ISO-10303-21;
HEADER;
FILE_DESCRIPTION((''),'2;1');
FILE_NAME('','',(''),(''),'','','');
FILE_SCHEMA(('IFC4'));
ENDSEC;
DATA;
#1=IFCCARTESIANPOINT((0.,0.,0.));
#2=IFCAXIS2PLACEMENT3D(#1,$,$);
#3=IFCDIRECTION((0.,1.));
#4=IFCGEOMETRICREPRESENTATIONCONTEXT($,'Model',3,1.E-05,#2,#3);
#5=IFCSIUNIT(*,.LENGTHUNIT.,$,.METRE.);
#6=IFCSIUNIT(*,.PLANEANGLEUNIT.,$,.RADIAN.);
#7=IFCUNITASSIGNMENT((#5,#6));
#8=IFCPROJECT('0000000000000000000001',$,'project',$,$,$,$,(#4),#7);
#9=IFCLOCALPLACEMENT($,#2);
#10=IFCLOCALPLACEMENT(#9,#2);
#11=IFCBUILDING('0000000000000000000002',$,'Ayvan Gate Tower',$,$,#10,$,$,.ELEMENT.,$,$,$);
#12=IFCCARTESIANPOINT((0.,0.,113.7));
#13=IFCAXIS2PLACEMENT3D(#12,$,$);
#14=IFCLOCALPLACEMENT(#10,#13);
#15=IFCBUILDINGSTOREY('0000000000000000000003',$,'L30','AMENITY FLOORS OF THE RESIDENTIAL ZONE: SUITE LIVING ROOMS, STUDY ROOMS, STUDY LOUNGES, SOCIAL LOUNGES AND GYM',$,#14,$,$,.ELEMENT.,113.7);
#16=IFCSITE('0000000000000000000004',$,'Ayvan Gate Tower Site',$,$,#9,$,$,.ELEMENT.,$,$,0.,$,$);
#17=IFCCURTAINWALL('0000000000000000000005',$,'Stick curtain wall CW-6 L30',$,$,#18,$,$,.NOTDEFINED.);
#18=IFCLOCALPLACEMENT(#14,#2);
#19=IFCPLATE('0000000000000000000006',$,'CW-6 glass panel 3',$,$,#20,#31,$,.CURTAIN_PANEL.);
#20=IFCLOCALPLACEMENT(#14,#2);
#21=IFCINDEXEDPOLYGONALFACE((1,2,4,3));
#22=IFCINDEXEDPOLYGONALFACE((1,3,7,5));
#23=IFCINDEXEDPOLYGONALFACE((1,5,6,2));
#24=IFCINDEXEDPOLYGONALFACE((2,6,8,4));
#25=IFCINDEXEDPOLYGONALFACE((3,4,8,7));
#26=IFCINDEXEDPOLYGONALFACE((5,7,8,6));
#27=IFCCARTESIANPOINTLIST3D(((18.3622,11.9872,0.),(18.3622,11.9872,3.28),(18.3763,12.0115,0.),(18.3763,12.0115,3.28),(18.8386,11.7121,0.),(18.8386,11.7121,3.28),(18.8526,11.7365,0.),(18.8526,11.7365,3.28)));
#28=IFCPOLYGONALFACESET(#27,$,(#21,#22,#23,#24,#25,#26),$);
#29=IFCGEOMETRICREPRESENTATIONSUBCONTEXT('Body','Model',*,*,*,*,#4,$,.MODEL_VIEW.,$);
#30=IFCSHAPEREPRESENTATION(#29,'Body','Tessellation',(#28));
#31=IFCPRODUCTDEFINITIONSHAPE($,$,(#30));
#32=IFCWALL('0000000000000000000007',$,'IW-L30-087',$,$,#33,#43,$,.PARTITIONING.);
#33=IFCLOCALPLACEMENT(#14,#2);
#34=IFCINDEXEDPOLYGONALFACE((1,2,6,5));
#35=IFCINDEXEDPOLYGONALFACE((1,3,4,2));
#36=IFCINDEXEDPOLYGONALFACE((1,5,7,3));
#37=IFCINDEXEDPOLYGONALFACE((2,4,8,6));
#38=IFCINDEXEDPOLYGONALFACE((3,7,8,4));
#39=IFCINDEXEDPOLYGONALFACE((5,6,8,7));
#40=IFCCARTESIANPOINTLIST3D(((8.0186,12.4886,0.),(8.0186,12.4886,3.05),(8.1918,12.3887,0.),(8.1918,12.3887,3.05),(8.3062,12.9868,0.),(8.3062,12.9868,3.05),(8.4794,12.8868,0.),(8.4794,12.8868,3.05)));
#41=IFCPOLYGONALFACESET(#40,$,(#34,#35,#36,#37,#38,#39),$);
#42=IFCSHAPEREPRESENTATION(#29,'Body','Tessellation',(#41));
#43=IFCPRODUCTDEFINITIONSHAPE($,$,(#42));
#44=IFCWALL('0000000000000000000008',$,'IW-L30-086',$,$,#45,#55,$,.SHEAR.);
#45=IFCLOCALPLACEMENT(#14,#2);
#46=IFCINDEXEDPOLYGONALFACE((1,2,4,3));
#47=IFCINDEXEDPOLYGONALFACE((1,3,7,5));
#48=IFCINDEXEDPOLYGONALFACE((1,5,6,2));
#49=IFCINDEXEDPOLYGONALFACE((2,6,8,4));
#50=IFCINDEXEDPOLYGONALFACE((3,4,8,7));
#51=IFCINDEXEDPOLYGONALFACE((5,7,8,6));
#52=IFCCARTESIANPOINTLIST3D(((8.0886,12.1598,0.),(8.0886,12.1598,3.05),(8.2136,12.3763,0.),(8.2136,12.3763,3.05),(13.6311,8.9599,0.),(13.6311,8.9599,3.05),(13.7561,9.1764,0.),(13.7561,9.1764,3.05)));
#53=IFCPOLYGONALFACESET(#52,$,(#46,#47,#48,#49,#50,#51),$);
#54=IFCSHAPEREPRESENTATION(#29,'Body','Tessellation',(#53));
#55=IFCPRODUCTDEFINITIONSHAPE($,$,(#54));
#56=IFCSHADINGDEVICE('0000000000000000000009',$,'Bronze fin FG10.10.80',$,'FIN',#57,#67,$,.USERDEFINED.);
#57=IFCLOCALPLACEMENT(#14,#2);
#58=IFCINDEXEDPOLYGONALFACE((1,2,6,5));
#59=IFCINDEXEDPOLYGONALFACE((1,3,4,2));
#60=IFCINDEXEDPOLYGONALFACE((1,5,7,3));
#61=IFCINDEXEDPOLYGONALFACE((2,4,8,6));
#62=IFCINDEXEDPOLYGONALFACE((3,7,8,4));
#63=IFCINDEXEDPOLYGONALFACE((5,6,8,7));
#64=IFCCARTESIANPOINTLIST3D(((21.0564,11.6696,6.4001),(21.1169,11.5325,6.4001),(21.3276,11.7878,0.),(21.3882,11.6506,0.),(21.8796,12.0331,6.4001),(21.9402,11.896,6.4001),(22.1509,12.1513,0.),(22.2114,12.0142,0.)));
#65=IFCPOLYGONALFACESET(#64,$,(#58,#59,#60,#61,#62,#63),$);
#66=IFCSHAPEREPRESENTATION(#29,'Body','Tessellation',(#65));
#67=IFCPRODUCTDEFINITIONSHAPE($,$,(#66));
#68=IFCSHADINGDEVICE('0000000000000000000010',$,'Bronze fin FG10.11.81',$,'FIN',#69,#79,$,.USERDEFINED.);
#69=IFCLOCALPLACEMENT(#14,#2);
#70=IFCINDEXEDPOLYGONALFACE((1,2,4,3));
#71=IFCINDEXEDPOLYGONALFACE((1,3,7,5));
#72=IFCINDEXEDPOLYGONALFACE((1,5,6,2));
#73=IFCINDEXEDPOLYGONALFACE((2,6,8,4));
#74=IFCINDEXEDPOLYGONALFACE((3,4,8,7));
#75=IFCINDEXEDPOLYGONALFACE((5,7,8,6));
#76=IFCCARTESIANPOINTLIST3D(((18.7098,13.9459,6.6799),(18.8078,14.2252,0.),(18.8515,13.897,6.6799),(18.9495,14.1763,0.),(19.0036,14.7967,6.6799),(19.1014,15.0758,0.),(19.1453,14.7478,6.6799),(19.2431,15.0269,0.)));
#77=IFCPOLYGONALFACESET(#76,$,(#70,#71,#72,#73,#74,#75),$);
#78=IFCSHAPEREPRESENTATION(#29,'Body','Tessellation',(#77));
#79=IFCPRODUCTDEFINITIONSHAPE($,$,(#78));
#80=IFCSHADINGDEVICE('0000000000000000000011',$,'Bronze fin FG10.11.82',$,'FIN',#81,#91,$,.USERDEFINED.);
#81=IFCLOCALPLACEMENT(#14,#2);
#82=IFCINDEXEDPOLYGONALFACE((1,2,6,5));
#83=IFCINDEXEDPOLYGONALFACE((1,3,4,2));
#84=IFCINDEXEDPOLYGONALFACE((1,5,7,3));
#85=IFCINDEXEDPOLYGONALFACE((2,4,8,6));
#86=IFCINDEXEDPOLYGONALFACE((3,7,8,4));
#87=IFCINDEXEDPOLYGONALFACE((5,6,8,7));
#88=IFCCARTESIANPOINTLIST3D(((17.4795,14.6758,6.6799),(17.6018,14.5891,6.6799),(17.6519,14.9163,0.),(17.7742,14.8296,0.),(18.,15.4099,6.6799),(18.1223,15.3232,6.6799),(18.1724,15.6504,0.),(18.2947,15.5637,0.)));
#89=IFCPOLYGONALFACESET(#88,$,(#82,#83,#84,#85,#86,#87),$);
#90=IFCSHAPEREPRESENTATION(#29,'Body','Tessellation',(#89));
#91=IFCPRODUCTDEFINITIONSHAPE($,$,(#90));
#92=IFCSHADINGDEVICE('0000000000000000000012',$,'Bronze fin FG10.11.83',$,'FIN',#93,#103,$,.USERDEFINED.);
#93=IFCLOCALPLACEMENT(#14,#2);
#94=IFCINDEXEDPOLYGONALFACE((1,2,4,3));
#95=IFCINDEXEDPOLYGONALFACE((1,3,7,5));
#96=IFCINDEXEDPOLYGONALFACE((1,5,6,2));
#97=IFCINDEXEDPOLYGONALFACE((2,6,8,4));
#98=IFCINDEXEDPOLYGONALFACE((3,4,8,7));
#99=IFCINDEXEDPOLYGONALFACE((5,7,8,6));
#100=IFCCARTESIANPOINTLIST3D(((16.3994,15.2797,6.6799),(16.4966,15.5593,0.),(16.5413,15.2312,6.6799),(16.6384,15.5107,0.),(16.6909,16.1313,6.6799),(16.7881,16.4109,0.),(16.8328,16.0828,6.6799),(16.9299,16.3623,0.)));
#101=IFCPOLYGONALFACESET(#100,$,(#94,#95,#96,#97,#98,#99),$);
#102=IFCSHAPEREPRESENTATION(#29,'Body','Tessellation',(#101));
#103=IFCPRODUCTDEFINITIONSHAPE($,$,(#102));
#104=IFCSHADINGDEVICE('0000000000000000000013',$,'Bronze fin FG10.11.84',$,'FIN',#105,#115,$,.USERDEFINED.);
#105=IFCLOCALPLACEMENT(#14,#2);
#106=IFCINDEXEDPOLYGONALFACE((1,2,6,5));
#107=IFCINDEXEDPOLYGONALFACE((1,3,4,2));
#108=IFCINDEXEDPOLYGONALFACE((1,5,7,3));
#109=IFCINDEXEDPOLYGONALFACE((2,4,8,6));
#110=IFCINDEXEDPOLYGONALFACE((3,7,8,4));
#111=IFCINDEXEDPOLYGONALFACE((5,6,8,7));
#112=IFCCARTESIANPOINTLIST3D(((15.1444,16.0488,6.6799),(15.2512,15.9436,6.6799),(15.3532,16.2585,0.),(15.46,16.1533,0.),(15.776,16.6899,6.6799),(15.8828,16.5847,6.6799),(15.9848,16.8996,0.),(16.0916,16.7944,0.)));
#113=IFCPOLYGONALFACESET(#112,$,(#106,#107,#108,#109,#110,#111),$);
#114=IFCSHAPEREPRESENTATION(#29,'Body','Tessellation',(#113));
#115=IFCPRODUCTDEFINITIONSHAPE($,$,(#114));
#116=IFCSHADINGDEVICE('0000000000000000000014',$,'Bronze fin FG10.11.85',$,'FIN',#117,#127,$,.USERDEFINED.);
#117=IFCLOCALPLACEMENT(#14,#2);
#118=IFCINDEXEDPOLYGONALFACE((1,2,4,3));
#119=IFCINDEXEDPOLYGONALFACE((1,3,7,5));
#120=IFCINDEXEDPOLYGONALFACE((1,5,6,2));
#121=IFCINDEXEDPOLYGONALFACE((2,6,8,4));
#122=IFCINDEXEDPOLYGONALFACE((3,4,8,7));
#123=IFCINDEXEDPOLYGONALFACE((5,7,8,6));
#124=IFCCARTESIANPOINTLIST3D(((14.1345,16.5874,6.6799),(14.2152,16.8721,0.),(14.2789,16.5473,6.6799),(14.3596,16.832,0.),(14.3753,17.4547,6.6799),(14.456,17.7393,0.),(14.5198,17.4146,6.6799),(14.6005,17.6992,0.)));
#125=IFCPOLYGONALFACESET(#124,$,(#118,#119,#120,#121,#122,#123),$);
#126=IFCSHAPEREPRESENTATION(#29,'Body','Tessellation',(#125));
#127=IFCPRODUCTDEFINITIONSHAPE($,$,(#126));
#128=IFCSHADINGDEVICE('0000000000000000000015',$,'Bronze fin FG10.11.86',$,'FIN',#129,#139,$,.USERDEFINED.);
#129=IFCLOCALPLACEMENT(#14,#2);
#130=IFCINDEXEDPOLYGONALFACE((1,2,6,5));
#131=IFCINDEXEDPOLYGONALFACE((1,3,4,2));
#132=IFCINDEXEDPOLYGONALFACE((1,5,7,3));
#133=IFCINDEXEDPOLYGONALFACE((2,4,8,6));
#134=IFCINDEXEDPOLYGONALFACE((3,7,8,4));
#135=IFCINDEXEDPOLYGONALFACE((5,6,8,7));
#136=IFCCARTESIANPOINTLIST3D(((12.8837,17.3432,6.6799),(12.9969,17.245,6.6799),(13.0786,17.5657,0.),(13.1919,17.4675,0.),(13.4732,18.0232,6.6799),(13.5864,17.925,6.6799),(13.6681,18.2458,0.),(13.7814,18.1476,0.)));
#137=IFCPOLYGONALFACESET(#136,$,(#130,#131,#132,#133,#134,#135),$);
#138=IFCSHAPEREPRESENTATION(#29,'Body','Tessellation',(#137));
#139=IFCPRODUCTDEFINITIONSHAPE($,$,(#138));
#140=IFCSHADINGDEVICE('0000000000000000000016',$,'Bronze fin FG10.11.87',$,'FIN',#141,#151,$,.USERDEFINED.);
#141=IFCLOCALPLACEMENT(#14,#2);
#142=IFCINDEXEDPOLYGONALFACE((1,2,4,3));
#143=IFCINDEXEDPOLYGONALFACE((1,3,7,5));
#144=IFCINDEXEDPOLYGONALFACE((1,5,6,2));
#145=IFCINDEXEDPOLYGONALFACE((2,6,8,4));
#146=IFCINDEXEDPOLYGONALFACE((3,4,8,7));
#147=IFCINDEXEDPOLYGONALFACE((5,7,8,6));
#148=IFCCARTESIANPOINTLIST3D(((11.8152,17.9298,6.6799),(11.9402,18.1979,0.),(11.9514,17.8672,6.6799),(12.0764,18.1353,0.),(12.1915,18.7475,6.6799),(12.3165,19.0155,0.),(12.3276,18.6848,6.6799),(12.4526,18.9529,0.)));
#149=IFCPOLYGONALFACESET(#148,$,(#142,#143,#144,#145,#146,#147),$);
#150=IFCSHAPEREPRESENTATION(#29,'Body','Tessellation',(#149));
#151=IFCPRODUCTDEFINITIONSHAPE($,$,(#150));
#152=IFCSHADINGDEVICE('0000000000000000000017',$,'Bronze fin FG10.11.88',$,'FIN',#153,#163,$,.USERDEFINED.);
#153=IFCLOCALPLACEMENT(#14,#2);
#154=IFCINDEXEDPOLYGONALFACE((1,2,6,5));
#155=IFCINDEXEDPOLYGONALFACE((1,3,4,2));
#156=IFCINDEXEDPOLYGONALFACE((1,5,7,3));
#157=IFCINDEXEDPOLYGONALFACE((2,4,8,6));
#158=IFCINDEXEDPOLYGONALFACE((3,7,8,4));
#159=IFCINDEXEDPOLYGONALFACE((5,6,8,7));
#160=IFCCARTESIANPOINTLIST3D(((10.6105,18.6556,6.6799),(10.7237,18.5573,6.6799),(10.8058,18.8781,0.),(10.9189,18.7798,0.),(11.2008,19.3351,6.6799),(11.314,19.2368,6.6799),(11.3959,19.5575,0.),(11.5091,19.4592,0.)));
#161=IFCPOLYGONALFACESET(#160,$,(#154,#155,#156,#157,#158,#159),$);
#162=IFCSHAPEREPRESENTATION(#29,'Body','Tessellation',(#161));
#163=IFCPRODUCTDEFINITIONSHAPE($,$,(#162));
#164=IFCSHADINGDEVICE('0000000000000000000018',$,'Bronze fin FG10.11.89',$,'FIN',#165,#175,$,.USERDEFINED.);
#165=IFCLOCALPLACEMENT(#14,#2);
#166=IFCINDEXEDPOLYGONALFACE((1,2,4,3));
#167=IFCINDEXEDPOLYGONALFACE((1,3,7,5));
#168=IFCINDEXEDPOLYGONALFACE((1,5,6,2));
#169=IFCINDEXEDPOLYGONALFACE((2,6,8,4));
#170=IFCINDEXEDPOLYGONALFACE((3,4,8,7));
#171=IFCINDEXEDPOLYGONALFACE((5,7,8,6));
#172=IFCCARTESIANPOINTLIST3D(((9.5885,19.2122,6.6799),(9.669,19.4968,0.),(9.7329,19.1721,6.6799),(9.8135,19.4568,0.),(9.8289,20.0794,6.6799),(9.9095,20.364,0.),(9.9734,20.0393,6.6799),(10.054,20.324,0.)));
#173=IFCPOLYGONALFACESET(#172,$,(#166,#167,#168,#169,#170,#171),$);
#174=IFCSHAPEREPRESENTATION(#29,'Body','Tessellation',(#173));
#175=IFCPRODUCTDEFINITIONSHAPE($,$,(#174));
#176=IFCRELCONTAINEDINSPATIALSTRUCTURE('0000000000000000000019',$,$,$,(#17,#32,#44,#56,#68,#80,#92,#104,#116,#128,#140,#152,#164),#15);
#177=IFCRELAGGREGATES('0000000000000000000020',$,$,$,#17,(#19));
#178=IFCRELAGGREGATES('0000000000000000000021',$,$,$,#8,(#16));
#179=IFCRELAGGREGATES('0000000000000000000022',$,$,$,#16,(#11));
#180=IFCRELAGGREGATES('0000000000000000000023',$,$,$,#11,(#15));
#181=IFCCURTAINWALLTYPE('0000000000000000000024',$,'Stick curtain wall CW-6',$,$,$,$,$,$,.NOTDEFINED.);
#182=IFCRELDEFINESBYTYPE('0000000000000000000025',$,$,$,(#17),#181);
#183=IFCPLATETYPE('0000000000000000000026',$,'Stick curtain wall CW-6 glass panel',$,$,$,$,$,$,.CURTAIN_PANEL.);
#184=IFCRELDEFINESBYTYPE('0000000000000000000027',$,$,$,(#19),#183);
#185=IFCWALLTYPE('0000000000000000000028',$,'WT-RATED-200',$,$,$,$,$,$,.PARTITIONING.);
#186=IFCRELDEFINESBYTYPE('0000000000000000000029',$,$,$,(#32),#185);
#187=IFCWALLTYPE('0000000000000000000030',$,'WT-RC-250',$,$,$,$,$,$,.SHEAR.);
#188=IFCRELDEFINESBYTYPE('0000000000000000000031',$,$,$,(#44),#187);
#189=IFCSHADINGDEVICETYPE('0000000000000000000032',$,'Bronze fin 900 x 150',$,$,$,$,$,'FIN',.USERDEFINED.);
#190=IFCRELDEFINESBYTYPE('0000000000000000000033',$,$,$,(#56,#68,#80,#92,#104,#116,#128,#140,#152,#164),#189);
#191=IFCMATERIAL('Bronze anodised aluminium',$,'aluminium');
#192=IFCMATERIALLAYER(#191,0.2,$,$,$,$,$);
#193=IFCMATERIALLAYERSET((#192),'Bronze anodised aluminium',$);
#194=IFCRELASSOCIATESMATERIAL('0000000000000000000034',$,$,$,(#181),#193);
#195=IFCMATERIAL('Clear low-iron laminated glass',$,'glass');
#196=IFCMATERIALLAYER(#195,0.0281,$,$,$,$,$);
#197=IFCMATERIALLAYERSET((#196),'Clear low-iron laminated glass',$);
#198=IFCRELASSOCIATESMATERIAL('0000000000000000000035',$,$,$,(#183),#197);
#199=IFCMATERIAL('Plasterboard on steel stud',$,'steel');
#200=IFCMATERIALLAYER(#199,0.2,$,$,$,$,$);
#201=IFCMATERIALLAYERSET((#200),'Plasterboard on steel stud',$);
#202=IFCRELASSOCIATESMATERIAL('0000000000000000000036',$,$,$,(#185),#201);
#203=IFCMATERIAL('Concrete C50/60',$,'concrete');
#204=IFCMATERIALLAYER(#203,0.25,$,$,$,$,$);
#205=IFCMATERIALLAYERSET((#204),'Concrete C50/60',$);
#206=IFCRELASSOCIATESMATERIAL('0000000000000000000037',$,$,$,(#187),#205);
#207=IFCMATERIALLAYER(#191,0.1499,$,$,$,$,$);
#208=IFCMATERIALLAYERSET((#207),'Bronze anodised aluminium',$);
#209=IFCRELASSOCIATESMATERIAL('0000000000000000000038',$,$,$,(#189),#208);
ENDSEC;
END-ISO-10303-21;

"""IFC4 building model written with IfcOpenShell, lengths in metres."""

from ifc_helpers import new_model, si_unit, direction, frame, frame_2d, origin, origin_2d, place, context, subcontext, project, spatial, polyline, rectangle, outline, extrude, material, layer, layer_set, type_object, element, aggregate, save


model = new_model("IFC4")

# Units and contexts
model_context = context("Model", 3, precision=1e-05, world=origin(), true_north=direction((0.0, 1.0)))
body_context = subcontext(model_context, "Body", "Model", "MODEL_VIEW")
ifc_project = project(units=[si_unit("LENGTHUNIT", "METRE"), si_unit("PLANEANGLEUNIT", "RADIAN")], contexts=[model_context])

# Site, building, storey
site_placement = place(None, origin())
site = spatial("IfcSite", under=ifc_project, at=site_placement, Name="Ayvan Gate Tower Site", CompositionType="ELEMENT", RefElevation=0.0)
building_placement = place(site_placement, origin())
building = spatial("IfcBuilding", under=site, at=building_placement, Name="Ayvan Gate Tower", CompositionType="ELEMENT")
storey_placement = place(building_placement, frame((0.0, 0.0, 113.7)))
storey = spatial("IfcBuildingStorey", under=building, at=storey_placement, Name="L30", Description="AMENITY FLOORS OF THE RESIDENTIAL ZONE: SUITE LIVING ROOMS, STUDY ROOMS, STUDY LOUNGES, SOCIAL LOUNGES AND GYM", CompositionType="ELEMENT", Elevation=113.7)

# Curtain wall
ifc_material_1 = material(Name="Bronze anodised aluminium", Category="aluminium")
ifc_layer_1 = layer(ifc_material_1, 0.2)
ifc_layer_set_1 = layer_set([ifc_layer_1], Name="Bronze anodised aluminium")
curtain_wall_type_1 = type_object("IfcCurtainWallType", Name="Stick curtain wall CW-6", PredefinedType="NOTDEFINED", material=ifc_layer_set_1)
curtain_wall_1_placement = place(storey_placement, origin())
curtain_wall_1 = element("IfcCurtainWall", 1, at=curtain_wall_1_placement, inside=storey, type_object=curtain_wall_type_1, Name="Stick curtain wall CW-6 L30", PredefinedType="NOTDEFINED")

# Plate
ifc_material_2 = material(Name="Clear low-iron laminated glass", Category="glass")
ifc_layer_2 = layer(ifc_material_2, 0.0281)
ifc_layer_set_2 = layer_set([ifc_layer_2], Name="Clear low-iron laminated glass")
plate_type_1 = type_object("IfcPlateType", Name="Stick curtain wall CW-6 glass panel", PredefinedType="CURTAIN_PANEL", material=ifc_layer_set_2)
plate_1_placement = place(storey_placement, frame((18.6074, 11.8618, 0.0), z_axis=(0.0, 0.0, 1.0), x_axis=(-0.866025, 0.5, 0.0)))
plate_1 = element("IfcPlate", 2, at=plate_1_placement, type_object=plate_type_1, Name="CW-6 glass panel 3", PredefinedType="CURTAIN_PANEL", context=body_context, shape_type="SweptSolid", body=[
    extrude(rectangle(XDim=0.55, YDim=0.0281, at=origin_2d()), origin(), (0.0, 0.0, 1.0), 3.28),
])
aggregate(curtain_wall_1, [plate_1])

# Walls
ifc_material_3 = material(Name="Plasterboard on steel stud", Category="steel")
ifc_layer_3 = layer(ifc_material_3, 0.2)
ifc_layer_set_3 = layer_set([ifc_layer_3], Name="Plasterboard on steel stud")
wall_type_1 = type_object("IfcWallType", Name="WT-RATED-200", PredefinedType="PARTITIONING", material=ifc_layer_set_3)
wall_1_placement = place(storey_placement, frame((8.3928, 12.9368, 0.0), z_axis=(0.0, 0.0, 1.0), x_axis=(-0.500065, -0.865988, 0.0)))
element("IfcWall", 3, at=wall_1_placement, inside=storey, type_object=wall_type_1, Name="IW-L30-087", PredefinedType="PARTITIONING", context=body_context, shape_type="SweptSolid", body=[
    extrude(rectangle(XDim=0.5752, YDim=0.2, at=frame_2d((0.2876, 0.0))), origin(), (0.0, 0.0, 1.0), 3.05),
])
ifc_material_4 = material(Name="Concrete C50/60", Category="concrete")
ifc_layer_4 = layer(ifc_material_4, 0.25)
ifc_layer_set_4 = layer_set([ifc_layer_4], Name="Concrete C50/60")
wall_type_2 = type_object("IfcWallType", Name="WT-RC-250", PredefinedType="SHEAR", material=ifc_layer_set_4)
wall_2_placement = place(storey_placement, frame((8.1511, 12.2681, 0.0), z_axis=(0.0, 0.0, 1.0), x_axis=(0.866025, -0.5, 0.0)))
element("IfcWall", 4, at=wall_2_placement, inside=storey, type_object=wall_type_2, Name="IW-L30-086", PredefinedType="SHEAR", context=body_context, shape_type="SweptSolid", body=[
    extrude(rectangle(XDim=6.3999, YDim=0.25, at=frame_2d((3.2, 0.0))), origin(), (0.0, 0.0, 1.0), 3.05),
])

# Shading devices
ifc_layer_5 = layer(ifc_material_1, 0.1499)
ifc_layer_set_5 = layer_set([ifc_layer_5], Name="Bronze anodised aluminium")
shading_device_type = type_object("IfcShadingDeviceType", Name="Bronze fin 900 x 150", ElementType="FIN", PredefinedType="USERDEFINED", material=ifc_layer_set_5)
shading_device_1_placement = place(storey_placement, frame((21.3882, 11.6506, 0.0), z_axis=(0.403947, -0.914782, 0.00023), x_axis=(0.914782, 0.403947, 0.0)))
element("IfcShadingDevice", 5, at=shading_device_1_placement, inside=storey, type_object=shading_device_type, Name="Bronze fin FG10.10.80", ObjectType="FIN", PredefinedType="USERDEFINED", context=body_context, shape_type="SweptSolid", body=[
    extrude(outline(polyline([(0.0, 0.0), (0.8999, 0.0), (0.6041, 6.4001), (-0.2959, 6.4001), (0.0, 0.0)])), origin(), (0.0, 0.0, -1.0), 0.1499),
])
shading_device_2_placement = place(storey_placement, frame((18.9495, 14.1763, 0.0), z_axis=(0.945252, -0.326342, 0.000215), x_axis=(0.326342, 0.945252, 0.0)))
element("IfcShadingDevice", 6, at=shading_device_2_placement, inside=storey, type_object=shading_device_type, Name="Bronze fin FG10.11.81", ObjectType="FIN", PredefinedType="USERDEFINED", context=body_context, shape_type="SweptSolid", body=[
    extrude(outline(polyline([(0.0, 0.0), (0.8999, 0.0), (0.6041, 6.6799), (-0.296, 6.6799), (0.0, 0.0)])), origin(), (0.0, 0.0, -1.0), 0.1499),
])
shading_device_3_placement = place(storey_placement, frame((17.7742, 14.8296, 0.0), z_axis=(0.815763, -0.578386, 0.000227), x_axis=(0.578386, 0.815763, 0.0)))
element("IfcShadingDevice", 7, at=shading_device_3_placement, inside=storey, type_object=shading_device_type, Name="Bronze fin FG10.11.82", ObjectType="FIN", PredefinedType="USERDEFINED", context=body_context, shape_type="SweptSolid", body=[
    extrude(outline(polyline([(0.0, 0.0), (0.8999, 0.0), (0.6041, 6.6799), (-0.2959, 6.6799), (0.0, 0.0)])), origin(), (0.0, 0.0, -1.0), 0.1499),
])
shading_device_4_placement = place(storey_placement, frame((16.6384, 15.5107, 0.0), z_axis=(0.946103, -0.323867, 0.000209), x_axis=(0.323867, 0.946103, 0.0)))
element("IfcShadingDevice", 8, at=shading_device_4_placement, inside=storey, type_object=shading_device_type, Name="Bronze fin FG10.11.83", ObjectType="FIN", PredefinedType="USERDEFINED", context=body_context, shape_type="SweptSolid", body=[
    extrude(outline(polyline([(0.0, 0.0), (0.9001, 0.0), (0.6041, 6.6799), (-0.2959, 6.6799), (0.0, 0.0)])), origin(), (0.0, 0.0, -1.0), 0.1499),
])
shading_device_5_placement = place(storey_placement, frame((15.46, 16.1533, 0.0), z_axis=(0.712377, -0.701797, 0.000228), x_axis=(0.701797, 0.712377, 0.0)))
element("IfcShadingDevice", 9, at=shading_device_5_placement, inside=storey, type_object=shading_device_type, Name="Bronze fin FG10.11.84", ObjectType="FIN", PredefinedType="USERDEFINED", context=body_context, shape_type="SweptSolid", body=[
    extrude(outline(polyline([(0.0, 0.0), (0.9, 0.0), (0.6041, 6.6799), (-0.2959, 6.6799), (0.0, 0.0)])), origin(), (0.0, 0.0, -1.0), 0.1499),
])
shading_device_6_placement = place(storey_placement, frame((14.3596, 16.832, 0.0), z_axis=(0.96353, -0.267602, 0.000235), x_axis=(0.267602, 0.96353, 0.0)))
element("IfcShadingDevice", 10, at=shading_device_6_placement, inside=storey, type_object=shading_device_type, Name="Bronze fin FG10.11.85", ObjectType="FIN", PredefinedType="USERDEFINED", context=body_context, shape_type="SweptSolid", body=[
    extrude(outline(polyline([(0.0, 0.0), (0.9, 0.0), (0.6041, 6.6799), (-0.2959, 6.6799), (0.0, 0.0)])), origin(), (0.0, 0.0, -1.0), 0.1499),
])
shading_device_7_placement = place(storey_placement, frame((13.1919, 17.4675, 0.0), z_axis=(0.755635, -0.654992, 0.000232), x_axis=(0.654993, 0.755635, 0.0)))
element("IfcShadingDevice", 11, at=shading_device_7_placement, inside=storey, type_object=shading_device_type, Name="Bronze fin FG10.11.86", ObjectType="FIN", PredefinedType="USERDEFINED", context=body_context, shape_type="SweptSolid", body=[
    extrude(outline(polyline([(0.0, 0.0), (0.9, 0.0), (0.6041, 6.6799), (-0.2959, 6.6799), (0.0, 0.0)])), origin(), (0.0, 0.0, -1.0), 0.1499),
])
shading_device_8_placement = place(storey_placement, frame((12.0764, 18.1353, 0.0), z_axis=(0.908443, -0.418009, 0.000225), x_axis=(0.418009, 0.908443, 0.0)))
element("IfcShadingDevice", 12, at=shading_device_8_placement, inside=storey, type_object=shading_device_type, Name="Bronze fin FG10.11.87", ObjectType="FIN", PredefinedType="USERDEFINED", context=body_context, shape_type="SweptSolid", body=[
    extrude(outline(polyline([(0.0, 0.0), (0.9, 0.0), (0.6043, 6.6799), (-0.2958, 6.6799), (0.0, 0.0)])), origin(), (0.0, 0.0, -1.0), 0.1499),
])
shading_device_9_placement = place(storey_placement, frame((10.9189, 18.7798, 0.0), z_axis=(0.754941, -0.655792, 0.000225), x_axis=(0.655792, 0.754941, 0.0)))
element("IfcShadingDevice", 13, at=shading_device_9_placement, inside=storey, type_object=shading_device_type, Name="Bronze fin FG10.11.88", ObjectType="FIN", PredefinedType="USERDEFINED", context=body_context, shape_type="SweptSolid", body=[
    extrude(outline(polyline([(0.0, 0.0), (0.8999, 0.0), (0.6041, 6.6799), (-0.296, 6.6799), (0.0, 0.0)])), origin(), (0.0, 0.0, -1.0), 0.1499),
])
shading_device_10_placement = place(storey_placement, frame((9.8135, 19.4568, 0.0), z_axis=(0.963634, -0.267224, 0.000234), x_axis=(0.267224, 0.963634, 0.0)))
element("IfcShadingDevice", 14, at=shading_device_10_placement, inside=storey, type_object=shading_device_type, Name="Bronze fin FG10.11.89", ObjectType="FIN", PredefinedType="USERDEFINED", context=body_context, shape_type="SweptSolid", body=[
    extrude(outline(polyline([(0.0, 0.0), (0.8999, 0.0), (0.6041, 6.6799), (-0.2958, 6.6799), (0.0, 0.0)])), origin(), (0.0, 0.0, -1.0), 0.1499),
])

save(model, "model.ifc")
